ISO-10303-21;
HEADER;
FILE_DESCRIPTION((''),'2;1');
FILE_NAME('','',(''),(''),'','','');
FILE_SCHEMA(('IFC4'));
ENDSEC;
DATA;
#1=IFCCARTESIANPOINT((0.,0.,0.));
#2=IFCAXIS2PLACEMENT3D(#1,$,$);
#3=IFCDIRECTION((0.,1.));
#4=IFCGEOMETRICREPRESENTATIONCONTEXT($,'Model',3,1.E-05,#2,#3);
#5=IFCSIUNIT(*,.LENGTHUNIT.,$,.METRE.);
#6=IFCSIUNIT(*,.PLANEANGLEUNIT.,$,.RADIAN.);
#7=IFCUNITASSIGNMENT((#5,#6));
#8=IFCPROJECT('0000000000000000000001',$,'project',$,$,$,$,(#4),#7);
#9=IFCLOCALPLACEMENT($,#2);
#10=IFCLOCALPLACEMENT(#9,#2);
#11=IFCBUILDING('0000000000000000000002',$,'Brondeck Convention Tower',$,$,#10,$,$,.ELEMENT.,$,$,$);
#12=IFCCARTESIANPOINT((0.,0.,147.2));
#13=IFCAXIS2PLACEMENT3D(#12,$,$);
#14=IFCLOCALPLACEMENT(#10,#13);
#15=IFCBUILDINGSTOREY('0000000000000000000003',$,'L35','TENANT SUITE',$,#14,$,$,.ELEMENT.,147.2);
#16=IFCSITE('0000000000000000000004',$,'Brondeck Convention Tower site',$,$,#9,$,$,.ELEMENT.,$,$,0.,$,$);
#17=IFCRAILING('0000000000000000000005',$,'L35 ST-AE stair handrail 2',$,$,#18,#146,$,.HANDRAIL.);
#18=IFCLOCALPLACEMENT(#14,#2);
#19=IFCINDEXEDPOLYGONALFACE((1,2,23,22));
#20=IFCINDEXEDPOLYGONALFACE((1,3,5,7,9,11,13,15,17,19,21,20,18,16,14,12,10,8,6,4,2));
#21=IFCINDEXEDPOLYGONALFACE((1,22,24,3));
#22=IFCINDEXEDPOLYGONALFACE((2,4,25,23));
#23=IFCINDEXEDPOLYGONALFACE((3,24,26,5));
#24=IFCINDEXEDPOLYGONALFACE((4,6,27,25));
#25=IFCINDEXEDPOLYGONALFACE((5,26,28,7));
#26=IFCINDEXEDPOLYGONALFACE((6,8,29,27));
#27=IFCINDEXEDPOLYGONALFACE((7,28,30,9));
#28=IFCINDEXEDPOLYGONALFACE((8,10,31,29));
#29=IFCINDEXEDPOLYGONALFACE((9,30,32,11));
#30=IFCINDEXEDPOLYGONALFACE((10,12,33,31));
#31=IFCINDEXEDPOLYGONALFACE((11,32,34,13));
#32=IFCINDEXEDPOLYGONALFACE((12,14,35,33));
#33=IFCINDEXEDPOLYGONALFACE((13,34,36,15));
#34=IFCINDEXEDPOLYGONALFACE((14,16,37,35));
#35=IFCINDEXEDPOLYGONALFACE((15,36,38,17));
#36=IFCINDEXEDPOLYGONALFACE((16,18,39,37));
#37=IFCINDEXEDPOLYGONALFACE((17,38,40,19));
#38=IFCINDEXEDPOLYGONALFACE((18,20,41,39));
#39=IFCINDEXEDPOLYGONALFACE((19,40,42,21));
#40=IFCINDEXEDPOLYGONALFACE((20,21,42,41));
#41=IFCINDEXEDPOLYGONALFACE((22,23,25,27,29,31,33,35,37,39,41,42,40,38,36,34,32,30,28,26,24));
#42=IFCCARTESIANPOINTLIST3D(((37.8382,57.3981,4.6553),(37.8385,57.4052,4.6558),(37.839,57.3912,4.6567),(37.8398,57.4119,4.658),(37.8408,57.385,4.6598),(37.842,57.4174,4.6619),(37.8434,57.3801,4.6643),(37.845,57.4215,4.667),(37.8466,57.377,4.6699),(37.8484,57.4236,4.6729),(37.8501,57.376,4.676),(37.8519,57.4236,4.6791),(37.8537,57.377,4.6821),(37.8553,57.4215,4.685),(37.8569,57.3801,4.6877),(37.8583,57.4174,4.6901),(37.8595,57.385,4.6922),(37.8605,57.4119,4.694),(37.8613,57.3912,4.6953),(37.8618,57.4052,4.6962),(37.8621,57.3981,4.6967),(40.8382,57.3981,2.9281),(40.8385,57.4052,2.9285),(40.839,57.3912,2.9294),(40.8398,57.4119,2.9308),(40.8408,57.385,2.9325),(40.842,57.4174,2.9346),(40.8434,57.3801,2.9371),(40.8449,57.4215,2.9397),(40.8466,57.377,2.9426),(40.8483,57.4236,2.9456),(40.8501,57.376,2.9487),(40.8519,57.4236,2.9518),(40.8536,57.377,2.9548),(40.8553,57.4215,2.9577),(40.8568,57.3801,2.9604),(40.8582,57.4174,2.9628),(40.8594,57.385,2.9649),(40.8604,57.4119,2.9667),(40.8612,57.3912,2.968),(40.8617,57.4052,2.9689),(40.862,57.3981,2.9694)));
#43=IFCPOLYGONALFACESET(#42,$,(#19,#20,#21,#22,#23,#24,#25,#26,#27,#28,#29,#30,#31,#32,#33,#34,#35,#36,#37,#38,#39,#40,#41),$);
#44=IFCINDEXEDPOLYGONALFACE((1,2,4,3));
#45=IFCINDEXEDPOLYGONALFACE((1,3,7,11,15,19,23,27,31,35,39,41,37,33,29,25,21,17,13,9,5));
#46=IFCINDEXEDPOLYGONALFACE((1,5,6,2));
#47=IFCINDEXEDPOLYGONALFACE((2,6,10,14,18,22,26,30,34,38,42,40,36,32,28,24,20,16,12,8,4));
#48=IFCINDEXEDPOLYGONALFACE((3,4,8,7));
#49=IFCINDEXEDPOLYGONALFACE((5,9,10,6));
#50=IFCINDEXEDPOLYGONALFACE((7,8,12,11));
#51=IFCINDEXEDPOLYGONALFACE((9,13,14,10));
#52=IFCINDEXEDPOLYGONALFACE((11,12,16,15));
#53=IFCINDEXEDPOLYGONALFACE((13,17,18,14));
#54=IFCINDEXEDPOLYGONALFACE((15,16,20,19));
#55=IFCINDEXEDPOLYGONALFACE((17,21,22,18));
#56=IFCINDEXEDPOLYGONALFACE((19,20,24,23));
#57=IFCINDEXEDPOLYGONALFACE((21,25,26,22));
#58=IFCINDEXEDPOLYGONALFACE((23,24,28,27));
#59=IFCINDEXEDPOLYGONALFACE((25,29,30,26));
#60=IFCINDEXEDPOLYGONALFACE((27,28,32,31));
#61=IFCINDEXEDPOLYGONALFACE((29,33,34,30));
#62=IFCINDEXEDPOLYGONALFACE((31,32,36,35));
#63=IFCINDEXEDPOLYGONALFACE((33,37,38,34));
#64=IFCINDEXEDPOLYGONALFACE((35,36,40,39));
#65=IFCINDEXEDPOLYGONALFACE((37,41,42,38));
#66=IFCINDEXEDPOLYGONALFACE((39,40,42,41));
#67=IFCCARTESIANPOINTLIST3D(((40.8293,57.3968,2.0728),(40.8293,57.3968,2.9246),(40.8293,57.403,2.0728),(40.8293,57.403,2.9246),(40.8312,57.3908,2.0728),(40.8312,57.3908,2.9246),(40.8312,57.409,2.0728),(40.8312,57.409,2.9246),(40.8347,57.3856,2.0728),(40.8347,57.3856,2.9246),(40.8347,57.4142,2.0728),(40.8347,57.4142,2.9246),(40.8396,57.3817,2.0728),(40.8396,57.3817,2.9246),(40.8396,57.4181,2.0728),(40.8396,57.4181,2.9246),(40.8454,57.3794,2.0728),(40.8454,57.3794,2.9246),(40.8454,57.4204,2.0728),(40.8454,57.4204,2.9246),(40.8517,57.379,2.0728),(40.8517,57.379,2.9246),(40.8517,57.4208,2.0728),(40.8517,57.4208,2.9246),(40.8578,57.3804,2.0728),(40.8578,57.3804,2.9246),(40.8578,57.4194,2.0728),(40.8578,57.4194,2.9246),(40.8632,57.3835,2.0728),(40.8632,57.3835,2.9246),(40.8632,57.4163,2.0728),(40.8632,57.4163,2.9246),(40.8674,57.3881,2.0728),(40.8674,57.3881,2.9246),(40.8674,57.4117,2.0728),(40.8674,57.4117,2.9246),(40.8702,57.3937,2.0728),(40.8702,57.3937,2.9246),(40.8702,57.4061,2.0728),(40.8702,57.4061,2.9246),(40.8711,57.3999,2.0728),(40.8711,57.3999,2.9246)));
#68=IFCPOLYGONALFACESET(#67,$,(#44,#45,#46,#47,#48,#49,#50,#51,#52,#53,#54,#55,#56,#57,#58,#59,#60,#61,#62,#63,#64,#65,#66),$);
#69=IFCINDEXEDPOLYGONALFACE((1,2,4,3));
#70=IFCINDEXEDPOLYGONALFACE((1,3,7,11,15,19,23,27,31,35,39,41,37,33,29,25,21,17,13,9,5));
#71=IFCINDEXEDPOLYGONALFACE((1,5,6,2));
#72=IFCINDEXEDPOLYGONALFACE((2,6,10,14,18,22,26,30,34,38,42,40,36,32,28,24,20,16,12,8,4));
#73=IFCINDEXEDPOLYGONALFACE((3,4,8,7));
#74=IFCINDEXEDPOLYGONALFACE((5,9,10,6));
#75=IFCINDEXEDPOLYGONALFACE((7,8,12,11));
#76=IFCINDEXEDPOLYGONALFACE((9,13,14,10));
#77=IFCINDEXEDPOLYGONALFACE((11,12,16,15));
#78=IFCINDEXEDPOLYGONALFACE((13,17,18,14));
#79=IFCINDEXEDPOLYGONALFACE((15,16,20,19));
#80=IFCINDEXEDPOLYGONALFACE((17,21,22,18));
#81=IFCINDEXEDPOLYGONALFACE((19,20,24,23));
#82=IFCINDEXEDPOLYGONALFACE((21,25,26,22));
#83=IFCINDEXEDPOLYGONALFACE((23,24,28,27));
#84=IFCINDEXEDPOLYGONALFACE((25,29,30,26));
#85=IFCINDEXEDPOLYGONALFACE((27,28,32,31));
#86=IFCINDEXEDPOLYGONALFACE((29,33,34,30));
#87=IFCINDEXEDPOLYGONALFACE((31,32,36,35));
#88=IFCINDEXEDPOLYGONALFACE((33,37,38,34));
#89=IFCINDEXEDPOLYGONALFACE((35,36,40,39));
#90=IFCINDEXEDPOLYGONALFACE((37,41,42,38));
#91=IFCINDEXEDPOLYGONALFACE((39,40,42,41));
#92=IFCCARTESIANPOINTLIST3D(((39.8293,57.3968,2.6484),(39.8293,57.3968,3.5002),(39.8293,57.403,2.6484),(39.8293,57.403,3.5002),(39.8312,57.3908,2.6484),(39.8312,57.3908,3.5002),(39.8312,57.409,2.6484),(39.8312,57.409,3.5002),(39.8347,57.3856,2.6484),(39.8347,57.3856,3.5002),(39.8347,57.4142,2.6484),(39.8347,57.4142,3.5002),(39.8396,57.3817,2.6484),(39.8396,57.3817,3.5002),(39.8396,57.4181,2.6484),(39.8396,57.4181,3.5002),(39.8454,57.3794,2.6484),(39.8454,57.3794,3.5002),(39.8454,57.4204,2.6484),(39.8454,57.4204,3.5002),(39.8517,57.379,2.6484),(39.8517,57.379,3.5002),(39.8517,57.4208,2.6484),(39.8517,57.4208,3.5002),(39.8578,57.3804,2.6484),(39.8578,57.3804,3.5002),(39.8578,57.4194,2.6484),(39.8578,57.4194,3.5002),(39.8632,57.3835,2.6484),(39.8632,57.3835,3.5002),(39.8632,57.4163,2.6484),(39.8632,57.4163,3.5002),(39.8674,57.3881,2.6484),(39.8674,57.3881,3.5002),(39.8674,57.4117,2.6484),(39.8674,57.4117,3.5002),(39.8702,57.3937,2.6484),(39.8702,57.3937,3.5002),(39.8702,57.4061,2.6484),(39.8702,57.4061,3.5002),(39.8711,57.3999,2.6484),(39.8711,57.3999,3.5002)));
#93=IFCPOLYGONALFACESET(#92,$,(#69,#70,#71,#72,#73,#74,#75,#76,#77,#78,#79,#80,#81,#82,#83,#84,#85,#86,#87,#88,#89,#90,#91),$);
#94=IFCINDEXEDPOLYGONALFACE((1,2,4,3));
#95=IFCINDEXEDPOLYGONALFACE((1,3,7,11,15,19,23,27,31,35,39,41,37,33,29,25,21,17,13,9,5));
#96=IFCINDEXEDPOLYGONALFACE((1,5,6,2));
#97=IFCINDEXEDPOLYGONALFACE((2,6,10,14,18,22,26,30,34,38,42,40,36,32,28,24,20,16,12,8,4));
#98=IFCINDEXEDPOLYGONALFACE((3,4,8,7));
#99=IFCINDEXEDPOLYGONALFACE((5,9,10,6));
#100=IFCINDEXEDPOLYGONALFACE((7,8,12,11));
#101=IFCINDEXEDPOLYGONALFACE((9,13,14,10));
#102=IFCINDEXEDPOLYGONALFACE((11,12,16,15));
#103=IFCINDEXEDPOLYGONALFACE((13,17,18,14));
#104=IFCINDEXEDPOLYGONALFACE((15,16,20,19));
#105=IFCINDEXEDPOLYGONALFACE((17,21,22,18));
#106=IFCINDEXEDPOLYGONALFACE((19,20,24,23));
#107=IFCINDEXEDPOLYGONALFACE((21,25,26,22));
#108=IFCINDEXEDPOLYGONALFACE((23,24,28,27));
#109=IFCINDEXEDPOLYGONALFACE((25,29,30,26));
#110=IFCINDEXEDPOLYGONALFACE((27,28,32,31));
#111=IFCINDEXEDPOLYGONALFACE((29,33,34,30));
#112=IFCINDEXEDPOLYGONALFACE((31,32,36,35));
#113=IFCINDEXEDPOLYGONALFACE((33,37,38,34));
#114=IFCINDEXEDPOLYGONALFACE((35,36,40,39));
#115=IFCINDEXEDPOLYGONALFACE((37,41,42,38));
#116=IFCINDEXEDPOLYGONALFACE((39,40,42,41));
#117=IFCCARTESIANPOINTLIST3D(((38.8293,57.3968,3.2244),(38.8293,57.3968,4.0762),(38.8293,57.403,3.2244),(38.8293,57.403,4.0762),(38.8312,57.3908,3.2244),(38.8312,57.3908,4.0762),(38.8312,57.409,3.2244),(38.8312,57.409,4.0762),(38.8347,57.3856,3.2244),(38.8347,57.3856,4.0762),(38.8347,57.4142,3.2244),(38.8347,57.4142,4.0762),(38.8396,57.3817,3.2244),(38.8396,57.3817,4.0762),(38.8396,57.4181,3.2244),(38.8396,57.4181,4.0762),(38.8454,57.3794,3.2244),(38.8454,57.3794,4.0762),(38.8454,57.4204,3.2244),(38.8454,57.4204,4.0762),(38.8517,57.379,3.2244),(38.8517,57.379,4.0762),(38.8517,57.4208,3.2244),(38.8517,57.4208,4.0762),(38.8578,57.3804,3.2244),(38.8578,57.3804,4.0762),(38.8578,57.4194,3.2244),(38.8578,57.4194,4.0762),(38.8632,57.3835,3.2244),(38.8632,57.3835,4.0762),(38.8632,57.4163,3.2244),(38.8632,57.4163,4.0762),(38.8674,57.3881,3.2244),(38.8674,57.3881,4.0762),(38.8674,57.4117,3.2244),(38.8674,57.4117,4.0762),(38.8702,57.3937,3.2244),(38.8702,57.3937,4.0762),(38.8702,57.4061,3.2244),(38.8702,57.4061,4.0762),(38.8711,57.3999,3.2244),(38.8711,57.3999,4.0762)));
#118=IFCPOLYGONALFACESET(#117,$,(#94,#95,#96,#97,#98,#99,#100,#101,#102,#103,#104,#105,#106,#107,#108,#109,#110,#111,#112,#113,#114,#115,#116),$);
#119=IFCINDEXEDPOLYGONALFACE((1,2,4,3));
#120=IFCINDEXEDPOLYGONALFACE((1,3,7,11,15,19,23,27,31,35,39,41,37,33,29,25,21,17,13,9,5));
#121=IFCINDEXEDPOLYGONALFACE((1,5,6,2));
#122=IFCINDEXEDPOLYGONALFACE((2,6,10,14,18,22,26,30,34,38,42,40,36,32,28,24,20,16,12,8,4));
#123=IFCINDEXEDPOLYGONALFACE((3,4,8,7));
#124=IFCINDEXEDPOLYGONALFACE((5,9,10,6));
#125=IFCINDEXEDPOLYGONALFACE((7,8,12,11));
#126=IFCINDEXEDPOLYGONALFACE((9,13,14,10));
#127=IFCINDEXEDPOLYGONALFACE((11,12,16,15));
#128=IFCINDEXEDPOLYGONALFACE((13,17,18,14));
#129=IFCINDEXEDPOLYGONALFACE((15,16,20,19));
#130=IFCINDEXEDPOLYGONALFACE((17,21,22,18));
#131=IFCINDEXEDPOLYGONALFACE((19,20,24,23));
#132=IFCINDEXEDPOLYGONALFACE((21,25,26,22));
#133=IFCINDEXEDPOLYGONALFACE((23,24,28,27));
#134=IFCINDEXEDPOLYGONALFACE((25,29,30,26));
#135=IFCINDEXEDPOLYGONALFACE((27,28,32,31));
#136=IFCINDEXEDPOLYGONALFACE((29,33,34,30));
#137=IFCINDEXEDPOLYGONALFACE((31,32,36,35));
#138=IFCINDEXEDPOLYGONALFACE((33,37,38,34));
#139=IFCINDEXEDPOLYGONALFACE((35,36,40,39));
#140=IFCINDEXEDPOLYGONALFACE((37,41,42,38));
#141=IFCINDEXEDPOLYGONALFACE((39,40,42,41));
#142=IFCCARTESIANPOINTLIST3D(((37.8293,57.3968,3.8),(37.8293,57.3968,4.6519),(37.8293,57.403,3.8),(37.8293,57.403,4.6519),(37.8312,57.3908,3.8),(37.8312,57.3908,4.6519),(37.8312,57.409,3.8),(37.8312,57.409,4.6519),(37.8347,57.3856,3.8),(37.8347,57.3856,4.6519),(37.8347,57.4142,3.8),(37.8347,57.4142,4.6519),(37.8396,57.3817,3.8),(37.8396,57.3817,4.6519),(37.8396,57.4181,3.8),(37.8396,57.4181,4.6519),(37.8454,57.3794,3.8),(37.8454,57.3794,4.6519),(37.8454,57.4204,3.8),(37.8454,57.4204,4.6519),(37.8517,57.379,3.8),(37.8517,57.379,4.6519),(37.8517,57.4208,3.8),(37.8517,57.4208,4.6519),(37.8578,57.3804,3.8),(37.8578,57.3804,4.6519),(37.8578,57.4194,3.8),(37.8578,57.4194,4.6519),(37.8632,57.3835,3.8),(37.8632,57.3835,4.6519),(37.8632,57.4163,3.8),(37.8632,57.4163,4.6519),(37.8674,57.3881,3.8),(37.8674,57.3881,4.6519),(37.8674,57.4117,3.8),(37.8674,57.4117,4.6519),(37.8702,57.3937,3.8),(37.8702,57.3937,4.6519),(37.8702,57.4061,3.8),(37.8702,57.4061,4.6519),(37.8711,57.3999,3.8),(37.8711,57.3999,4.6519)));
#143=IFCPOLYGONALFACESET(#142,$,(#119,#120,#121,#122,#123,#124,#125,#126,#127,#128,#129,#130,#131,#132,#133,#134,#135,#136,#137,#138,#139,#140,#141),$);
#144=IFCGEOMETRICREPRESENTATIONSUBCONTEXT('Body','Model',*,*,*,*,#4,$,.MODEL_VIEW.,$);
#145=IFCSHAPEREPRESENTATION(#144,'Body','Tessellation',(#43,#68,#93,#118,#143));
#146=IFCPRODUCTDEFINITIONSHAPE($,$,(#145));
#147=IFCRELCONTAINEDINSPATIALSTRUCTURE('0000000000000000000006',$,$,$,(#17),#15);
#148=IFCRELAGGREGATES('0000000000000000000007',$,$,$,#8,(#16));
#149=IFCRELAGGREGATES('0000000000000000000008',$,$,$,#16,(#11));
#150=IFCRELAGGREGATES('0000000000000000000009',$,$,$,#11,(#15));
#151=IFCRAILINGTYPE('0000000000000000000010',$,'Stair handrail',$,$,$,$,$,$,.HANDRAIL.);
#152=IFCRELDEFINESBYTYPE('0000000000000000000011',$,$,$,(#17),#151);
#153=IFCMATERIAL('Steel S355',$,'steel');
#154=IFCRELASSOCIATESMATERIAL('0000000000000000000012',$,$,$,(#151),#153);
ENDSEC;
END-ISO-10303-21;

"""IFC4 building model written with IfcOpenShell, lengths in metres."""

from ifc_helpers import new_model, si_unit, direction, frame, origin, origin_2d, place, context, subcontext, project, spatial, circle, extrude, material, type_object, element, save


model = new_model("IFC4")

# Units and contexts
model_context = context("Model", 3, precision=1e-05, world=origin(), true_north=direction((0.0, 1.0)))
body_context = subcontext(model_context, "Body", "Model", "MODEL_VIEW")
ifc_project = project(units=[si_unit("LENGTHUNIT", "METRE"), si_unit("PLANEANGLEUNIT", "RADIAN")], contexts=[model_context])

# Site, building, storey
site_placement = place(None, origin())
site = spatial("IfcSite", under=ifc_project, at=site_placement, Name="Brondeck Convention Tower site", CompositionType="ELEMENT", RefElevation=0.0)
building_placement = place(site_placement, origin())
building = spatial("IfcBuilding", under=site, at=building_placement, Name="Brondeck Convention Tower", CompositionType="ELEMENT")
storey_placement = place(building_placement, frame((0.0, 0.0, 147.2)))
storey = spatial("IfcBuildingStorey", under=building, at=storey_placement, Name="L35", Description="TENANT SUITE", CompositionType="ELEMENT", Elevation=147.2)

# Shared definitions
ifc_material_1 = material(Name="Steel S355", Category="steel")

# Railing
railing_type_1 = type_object("IfcRailingType", Name="Stair handrail", PredefinedType="HANDRAIL", material=ifc_material_1)
railing_1_placement = place(storey_placement, frame((40.8501, 57.3999, 2.0728)))
element("IfcRailing", 1, at=railing_1_placement, inside=storey, type_object=railing_type_1, Name="L35 ST-AE stair handrail 2", PredefinedType="HANDRAIL", context=body_context, shape_type="SweptSolid", body=[
    extrude(circle(Radius=0.0239, at=origin_2d()), frame((0.0, 0.0, 0.876), z_axis=(-0.86662, 0.0, 0.498969), x_axis=(0.0, -1.0, 0.0)), (0.0, 0.0, 1.0), 3.4617),
    extrude(circle(Radius=0.021, at=origin_2d()), origin(), (0.0, 0.0, 1.0), 0.8518),
    extrude(circle(Radius=0.021, at=origin_2d()), frame((-1.0, 0.0, 0.5757)), (0.0, 0.0, 1.0), 0.8518),
    extrude(circle(Radius=0.021, at=origin_2d()), frame((-2.0, 0.0, 1.1516)), (0.0, 0.0, 1.0), 0.8518),
    extrude(circle(Radius=0.021, at=origin_2d()), frame((-3.0, 0.0, 1.7273)), (0.0, 0.0, 1.0), 0.8518),
])

save(model, "model.ifc")
